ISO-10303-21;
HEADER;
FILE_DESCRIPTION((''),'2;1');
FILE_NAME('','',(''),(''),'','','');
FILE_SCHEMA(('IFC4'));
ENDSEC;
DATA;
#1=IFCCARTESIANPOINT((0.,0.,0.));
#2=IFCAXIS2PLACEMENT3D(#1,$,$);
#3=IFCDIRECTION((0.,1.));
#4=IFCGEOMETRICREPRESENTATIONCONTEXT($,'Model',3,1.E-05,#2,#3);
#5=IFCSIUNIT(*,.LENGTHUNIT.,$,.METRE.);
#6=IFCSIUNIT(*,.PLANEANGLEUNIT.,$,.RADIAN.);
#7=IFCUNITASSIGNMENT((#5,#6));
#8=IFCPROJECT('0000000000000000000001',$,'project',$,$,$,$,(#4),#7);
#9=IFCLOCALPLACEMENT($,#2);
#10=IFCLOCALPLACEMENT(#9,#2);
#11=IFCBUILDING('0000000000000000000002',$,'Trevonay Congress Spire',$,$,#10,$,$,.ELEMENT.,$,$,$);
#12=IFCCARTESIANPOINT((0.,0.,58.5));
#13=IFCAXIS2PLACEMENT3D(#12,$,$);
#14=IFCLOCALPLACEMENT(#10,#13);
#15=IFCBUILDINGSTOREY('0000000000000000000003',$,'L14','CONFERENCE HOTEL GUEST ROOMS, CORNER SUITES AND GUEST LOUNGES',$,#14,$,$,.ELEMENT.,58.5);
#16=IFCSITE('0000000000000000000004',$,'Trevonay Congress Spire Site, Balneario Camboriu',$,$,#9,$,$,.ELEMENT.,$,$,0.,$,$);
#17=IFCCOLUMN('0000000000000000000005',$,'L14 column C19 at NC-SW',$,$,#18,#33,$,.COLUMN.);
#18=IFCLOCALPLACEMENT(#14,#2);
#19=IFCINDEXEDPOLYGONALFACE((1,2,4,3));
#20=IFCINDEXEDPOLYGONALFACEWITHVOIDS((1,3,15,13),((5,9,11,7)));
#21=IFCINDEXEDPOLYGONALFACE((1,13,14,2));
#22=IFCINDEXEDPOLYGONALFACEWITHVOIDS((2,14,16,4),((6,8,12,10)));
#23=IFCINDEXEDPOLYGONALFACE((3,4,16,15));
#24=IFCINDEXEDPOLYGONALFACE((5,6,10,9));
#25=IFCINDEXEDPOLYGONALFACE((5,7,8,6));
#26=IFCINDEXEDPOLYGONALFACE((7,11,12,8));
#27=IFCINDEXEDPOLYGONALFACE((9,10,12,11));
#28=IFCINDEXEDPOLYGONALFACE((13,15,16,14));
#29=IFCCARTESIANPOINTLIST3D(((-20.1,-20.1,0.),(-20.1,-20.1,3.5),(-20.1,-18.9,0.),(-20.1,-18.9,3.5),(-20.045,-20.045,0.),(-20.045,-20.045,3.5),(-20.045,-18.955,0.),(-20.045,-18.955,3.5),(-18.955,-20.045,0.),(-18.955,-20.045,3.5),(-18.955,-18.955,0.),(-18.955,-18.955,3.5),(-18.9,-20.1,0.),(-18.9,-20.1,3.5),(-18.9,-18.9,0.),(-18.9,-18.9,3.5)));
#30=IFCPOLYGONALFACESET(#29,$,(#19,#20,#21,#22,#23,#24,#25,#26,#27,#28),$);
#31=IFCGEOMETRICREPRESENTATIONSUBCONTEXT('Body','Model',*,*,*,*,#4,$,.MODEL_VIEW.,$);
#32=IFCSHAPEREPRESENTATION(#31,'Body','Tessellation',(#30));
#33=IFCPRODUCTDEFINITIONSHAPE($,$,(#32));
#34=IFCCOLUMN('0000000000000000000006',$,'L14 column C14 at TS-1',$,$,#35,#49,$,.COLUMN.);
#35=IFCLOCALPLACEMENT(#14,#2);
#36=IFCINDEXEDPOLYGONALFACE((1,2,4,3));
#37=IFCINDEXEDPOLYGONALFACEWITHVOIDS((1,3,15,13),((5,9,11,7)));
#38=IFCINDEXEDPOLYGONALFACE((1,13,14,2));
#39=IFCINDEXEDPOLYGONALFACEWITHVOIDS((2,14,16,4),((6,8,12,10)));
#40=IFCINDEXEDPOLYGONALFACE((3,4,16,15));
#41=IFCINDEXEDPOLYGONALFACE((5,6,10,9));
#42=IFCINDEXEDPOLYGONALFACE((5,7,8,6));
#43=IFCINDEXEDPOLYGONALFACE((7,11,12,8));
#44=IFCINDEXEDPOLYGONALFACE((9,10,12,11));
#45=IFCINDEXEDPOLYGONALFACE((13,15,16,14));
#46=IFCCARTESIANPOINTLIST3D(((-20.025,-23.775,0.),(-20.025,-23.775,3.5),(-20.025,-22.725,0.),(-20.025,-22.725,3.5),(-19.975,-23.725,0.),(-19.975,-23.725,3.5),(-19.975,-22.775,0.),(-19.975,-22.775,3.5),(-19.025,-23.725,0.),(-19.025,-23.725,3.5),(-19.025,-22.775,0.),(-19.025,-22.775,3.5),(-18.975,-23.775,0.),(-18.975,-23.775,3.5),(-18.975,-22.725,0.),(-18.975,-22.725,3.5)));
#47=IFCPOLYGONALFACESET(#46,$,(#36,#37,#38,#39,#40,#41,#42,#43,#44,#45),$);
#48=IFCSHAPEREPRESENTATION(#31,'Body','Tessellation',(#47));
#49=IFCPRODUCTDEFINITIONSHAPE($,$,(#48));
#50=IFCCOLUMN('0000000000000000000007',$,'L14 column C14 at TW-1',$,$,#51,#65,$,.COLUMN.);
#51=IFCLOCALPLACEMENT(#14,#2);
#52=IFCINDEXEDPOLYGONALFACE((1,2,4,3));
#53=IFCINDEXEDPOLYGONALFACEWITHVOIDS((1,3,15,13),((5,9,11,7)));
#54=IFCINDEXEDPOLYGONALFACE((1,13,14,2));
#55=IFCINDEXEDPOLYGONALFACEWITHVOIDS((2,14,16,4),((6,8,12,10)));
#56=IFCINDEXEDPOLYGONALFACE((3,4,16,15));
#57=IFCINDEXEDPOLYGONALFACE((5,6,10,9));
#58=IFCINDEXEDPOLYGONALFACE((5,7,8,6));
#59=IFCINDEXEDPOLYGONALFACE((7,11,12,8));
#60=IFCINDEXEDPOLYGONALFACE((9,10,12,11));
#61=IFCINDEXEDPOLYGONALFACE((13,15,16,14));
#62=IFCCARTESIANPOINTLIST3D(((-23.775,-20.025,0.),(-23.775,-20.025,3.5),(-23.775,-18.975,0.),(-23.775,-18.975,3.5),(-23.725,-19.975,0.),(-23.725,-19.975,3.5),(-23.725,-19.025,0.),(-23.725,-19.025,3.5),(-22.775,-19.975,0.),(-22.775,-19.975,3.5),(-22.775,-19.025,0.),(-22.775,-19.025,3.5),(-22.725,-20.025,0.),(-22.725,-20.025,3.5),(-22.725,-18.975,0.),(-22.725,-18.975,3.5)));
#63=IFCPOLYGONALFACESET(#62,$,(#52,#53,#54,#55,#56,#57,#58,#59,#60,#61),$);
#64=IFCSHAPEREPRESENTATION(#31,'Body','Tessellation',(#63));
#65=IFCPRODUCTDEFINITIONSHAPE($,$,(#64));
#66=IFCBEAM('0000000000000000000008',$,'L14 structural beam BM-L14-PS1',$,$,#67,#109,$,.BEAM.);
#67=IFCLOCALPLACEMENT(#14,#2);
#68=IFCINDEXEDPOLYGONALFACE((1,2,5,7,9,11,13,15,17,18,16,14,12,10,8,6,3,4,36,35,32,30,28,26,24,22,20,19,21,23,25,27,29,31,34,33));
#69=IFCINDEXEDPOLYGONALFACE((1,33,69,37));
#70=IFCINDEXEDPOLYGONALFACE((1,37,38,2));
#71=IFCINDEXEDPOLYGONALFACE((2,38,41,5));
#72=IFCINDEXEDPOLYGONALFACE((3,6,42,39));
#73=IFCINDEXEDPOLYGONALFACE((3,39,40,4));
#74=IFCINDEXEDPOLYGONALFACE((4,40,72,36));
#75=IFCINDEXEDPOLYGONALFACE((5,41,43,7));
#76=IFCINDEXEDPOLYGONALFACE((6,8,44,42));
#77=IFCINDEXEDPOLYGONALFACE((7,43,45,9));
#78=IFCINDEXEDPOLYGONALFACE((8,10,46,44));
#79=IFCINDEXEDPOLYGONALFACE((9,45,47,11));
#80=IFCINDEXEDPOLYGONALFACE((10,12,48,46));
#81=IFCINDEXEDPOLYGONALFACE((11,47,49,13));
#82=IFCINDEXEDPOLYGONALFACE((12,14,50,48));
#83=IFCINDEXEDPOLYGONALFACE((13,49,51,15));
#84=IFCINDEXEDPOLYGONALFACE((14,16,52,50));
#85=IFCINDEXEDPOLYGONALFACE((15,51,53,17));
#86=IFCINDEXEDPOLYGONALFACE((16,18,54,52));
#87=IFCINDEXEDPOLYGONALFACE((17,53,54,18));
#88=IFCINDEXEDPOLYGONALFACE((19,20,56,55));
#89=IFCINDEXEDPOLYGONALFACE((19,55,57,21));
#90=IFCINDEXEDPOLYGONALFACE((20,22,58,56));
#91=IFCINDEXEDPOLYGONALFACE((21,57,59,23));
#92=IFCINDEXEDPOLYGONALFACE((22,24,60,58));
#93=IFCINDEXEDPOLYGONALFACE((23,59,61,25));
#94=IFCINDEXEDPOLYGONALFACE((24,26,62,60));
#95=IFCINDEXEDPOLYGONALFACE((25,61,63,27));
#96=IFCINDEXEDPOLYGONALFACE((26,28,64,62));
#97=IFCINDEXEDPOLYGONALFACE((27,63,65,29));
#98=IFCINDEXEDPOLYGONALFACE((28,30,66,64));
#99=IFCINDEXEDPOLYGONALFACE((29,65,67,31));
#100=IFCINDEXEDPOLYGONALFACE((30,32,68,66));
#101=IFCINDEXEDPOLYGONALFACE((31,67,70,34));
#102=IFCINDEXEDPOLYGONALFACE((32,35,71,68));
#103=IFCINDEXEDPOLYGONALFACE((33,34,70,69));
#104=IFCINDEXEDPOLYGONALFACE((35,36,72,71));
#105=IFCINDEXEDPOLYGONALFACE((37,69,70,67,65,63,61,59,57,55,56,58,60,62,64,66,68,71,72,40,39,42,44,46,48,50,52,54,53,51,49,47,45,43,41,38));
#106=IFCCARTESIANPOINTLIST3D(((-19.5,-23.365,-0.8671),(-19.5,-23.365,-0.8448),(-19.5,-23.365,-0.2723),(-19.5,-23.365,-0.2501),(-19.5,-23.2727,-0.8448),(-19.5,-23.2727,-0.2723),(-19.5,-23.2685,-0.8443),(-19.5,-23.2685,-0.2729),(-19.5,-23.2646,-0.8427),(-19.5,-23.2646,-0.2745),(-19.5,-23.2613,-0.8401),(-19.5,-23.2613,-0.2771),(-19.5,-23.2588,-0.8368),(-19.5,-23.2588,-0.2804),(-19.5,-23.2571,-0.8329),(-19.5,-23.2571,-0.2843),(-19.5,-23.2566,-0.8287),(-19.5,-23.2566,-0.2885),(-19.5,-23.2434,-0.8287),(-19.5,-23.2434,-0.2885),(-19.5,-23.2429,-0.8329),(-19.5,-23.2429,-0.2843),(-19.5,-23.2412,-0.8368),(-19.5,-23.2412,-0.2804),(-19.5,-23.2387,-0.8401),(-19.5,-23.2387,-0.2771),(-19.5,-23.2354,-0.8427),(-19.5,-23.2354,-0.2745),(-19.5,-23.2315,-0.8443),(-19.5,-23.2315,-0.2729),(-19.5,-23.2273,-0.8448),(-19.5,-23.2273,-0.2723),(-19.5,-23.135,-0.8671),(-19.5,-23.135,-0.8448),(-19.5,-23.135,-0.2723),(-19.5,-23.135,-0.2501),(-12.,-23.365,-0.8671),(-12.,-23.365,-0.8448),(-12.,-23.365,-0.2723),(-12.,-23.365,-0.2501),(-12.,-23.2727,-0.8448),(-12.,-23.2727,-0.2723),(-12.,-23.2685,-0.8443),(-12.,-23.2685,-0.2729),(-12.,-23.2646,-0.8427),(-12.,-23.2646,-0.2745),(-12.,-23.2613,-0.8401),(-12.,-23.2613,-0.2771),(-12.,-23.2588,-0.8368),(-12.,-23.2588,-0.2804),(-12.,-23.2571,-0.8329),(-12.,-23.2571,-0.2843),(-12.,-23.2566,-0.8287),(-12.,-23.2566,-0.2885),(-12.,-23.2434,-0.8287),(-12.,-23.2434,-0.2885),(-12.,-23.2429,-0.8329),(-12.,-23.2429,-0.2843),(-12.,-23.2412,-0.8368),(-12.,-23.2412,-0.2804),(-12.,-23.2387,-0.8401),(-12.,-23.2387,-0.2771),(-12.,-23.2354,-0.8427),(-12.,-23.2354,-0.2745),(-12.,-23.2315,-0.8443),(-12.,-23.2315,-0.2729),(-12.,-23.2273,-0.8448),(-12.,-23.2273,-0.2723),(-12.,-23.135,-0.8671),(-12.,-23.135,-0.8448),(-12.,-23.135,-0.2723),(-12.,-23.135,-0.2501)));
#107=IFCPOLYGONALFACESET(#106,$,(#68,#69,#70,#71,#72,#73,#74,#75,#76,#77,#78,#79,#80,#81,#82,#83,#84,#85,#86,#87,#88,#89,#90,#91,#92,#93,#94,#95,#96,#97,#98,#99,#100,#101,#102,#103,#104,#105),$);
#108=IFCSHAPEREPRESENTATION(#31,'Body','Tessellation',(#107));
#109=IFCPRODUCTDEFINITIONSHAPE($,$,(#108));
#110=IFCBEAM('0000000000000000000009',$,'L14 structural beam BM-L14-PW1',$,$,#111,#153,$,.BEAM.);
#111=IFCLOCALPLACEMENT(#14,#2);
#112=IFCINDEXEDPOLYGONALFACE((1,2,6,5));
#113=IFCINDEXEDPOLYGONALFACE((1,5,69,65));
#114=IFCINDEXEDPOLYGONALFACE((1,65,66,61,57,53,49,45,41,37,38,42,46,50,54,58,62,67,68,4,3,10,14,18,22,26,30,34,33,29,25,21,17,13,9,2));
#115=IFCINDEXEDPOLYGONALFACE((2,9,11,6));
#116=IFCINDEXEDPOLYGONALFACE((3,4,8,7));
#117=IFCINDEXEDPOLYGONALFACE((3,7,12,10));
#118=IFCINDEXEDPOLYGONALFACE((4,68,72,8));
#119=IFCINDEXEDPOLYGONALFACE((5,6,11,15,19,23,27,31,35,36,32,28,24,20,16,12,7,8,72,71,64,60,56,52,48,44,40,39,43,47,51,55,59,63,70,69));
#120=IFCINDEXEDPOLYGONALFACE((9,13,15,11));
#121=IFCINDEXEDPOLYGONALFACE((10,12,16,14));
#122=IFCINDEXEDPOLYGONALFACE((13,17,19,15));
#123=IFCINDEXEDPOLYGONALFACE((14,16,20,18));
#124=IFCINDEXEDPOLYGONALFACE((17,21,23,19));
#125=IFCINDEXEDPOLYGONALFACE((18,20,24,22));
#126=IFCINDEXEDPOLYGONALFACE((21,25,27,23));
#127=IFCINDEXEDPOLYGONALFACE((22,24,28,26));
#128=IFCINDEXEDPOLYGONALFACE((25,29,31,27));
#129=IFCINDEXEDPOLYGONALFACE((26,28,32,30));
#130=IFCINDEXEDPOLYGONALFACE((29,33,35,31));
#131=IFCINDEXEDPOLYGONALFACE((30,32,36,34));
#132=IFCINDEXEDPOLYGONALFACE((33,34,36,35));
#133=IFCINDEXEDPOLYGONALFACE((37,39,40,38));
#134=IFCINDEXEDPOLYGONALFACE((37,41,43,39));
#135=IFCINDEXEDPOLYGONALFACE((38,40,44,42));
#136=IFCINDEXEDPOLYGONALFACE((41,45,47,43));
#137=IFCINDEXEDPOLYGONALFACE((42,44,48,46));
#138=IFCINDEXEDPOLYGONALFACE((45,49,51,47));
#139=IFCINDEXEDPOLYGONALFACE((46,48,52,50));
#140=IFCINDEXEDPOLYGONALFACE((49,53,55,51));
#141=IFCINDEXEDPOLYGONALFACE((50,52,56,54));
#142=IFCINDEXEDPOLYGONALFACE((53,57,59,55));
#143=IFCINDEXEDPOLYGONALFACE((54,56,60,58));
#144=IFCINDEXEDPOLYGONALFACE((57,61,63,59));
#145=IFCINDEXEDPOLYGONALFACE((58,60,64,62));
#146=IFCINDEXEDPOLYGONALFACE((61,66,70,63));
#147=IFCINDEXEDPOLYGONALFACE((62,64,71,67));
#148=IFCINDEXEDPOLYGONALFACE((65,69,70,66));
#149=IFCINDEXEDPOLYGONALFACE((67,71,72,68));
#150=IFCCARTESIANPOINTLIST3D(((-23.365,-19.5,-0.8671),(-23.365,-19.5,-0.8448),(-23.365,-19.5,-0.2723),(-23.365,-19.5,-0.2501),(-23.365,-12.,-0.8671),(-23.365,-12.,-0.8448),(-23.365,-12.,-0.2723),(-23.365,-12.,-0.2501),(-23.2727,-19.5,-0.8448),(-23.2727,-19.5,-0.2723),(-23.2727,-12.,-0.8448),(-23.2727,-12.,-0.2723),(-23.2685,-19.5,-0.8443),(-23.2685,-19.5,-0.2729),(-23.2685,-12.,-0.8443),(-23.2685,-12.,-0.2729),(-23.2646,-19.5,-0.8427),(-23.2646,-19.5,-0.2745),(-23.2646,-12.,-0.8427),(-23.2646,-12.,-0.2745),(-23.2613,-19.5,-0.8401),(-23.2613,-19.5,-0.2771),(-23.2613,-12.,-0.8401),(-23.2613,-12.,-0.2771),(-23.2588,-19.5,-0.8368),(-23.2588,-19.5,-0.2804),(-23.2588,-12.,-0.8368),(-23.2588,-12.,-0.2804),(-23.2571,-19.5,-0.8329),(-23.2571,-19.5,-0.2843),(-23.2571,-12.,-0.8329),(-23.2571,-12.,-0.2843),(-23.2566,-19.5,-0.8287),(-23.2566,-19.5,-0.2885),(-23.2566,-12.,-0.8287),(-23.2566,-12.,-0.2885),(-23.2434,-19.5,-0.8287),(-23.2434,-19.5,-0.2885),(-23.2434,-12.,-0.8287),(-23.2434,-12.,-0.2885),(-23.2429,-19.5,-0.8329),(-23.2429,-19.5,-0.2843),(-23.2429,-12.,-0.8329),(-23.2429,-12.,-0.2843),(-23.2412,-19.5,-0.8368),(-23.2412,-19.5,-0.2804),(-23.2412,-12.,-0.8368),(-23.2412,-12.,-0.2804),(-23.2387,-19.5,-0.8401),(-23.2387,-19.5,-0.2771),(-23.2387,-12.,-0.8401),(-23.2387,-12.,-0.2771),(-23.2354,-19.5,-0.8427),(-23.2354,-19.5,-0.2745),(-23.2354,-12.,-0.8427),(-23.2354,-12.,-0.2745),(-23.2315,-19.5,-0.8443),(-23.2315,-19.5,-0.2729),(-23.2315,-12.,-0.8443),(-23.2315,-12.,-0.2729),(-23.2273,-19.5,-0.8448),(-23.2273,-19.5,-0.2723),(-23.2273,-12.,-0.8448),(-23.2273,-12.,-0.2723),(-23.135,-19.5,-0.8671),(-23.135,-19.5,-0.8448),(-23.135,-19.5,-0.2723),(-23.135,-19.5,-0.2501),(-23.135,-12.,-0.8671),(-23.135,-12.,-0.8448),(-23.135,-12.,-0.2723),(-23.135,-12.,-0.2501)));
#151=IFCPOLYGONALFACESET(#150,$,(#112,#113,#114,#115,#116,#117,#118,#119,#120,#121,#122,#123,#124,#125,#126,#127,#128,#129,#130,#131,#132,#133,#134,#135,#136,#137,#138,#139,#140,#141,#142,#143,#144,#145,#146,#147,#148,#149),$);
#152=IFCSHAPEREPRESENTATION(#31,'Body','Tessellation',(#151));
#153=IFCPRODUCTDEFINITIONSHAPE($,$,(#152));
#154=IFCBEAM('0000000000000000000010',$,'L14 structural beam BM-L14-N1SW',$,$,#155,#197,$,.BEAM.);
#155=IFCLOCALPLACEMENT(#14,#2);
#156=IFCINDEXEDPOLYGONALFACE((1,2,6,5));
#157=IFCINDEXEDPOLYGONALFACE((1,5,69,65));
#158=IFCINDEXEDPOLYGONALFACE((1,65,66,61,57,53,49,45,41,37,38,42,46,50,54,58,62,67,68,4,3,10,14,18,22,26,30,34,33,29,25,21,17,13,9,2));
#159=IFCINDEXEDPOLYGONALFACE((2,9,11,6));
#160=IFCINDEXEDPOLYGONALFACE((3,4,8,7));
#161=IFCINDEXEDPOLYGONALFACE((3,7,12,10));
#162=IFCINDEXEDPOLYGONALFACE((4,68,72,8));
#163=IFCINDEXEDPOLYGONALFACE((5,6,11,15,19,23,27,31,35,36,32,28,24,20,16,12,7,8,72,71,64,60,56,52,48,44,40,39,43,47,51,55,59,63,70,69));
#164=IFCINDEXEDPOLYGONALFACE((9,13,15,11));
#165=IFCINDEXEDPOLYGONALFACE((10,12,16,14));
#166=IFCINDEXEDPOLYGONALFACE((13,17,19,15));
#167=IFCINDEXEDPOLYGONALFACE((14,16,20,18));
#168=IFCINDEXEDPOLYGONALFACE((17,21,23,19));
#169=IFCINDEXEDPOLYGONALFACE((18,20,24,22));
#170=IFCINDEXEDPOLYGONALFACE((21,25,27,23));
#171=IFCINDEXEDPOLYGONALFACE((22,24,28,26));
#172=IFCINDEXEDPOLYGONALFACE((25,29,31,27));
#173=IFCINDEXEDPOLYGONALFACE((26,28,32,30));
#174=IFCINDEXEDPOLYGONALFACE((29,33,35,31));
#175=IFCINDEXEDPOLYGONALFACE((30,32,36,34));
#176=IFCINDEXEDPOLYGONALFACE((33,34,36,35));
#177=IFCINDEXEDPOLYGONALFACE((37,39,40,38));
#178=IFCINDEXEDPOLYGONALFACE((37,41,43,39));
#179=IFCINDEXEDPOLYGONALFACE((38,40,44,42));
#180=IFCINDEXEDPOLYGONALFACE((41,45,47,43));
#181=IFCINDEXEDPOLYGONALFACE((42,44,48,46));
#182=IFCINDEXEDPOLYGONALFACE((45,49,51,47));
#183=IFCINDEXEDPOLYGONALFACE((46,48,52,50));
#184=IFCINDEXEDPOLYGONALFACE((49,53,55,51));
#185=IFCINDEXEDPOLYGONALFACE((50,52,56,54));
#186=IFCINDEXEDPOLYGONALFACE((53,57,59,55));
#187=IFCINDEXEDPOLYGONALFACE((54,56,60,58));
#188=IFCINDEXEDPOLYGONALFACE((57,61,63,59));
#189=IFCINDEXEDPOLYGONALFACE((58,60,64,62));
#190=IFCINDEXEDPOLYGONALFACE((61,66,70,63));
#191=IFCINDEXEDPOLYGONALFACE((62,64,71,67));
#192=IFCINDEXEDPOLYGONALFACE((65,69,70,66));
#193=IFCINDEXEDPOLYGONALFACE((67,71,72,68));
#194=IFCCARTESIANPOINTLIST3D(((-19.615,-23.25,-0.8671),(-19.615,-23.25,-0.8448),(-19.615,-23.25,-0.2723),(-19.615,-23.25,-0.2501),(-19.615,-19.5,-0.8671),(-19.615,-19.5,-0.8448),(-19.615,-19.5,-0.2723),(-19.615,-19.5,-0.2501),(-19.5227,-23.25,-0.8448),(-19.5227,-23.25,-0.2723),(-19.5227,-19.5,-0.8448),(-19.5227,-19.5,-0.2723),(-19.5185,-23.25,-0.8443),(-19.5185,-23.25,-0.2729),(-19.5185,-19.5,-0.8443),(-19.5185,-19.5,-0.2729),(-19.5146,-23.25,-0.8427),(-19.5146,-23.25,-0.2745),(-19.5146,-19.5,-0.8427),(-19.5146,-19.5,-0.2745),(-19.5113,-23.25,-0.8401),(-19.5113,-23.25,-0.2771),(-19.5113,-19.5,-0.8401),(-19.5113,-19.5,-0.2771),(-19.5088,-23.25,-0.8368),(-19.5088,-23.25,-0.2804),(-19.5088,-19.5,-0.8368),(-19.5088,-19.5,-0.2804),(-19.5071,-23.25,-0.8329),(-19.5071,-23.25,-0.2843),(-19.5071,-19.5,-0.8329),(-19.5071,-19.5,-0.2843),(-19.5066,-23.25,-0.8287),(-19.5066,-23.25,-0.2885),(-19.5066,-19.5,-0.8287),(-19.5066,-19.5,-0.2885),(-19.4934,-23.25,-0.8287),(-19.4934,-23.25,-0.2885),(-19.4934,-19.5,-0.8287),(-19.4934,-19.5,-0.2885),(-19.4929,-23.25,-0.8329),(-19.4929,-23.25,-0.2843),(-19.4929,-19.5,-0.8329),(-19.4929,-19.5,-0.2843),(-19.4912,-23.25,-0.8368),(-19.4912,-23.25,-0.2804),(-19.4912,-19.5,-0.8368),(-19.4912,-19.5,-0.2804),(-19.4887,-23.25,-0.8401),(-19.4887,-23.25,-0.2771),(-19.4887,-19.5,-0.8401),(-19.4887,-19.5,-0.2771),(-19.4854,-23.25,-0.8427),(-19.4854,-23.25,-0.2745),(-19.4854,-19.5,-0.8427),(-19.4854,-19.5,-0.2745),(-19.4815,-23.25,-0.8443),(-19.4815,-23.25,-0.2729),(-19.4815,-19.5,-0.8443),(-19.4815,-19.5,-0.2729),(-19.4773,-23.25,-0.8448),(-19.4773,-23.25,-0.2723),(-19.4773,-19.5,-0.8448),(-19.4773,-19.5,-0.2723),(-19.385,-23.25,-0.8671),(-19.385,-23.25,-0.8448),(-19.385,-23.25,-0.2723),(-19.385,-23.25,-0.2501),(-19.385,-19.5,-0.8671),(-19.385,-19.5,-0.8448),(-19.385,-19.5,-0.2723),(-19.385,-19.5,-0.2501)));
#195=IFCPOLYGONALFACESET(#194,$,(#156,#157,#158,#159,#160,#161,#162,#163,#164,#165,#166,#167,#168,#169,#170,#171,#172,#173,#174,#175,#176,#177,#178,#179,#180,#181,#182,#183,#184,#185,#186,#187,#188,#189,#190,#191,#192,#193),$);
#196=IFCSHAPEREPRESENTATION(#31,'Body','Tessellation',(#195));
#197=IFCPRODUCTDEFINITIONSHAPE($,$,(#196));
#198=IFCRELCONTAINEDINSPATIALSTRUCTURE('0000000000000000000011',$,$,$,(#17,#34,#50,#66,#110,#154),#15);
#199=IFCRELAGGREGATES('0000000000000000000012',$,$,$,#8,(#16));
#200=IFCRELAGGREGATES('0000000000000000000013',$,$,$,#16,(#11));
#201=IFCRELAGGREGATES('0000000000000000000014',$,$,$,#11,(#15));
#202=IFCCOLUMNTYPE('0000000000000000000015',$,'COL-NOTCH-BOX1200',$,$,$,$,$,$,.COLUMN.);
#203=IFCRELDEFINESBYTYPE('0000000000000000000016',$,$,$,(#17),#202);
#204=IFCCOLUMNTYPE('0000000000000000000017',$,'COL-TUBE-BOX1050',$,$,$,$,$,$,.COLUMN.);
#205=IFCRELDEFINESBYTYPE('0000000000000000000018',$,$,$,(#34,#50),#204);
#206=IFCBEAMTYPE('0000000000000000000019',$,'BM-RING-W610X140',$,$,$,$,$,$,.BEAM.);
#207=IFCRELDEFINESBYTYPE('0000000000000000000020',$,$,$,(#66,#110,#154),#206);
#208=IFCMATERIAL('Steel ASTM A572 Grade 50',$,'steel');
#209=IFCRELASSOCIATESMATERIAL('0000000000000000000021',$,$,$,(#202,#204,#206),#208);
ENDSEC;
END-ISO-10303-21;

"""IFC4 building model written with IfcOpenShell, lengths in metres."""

from ifc_helpers import new_model, si_unit, direction, frame, origin, origin_2d, place, context, subcontext, project, spatial, hollow_rectangle, i_section, extrude, material, material_profile, profile_set, type_object, element, save


model = new_model("IFC4")

# Units and contexts
model_context = context("Model", 3, precision=1e-05, world=origin(), true_north=direction((0.0, 1.0)))
body_context = subcontext(model_context, "Body", "Model", "MODEL_VIEW")
ifc_project = project(units=[si_unit("LENGTHUNIT", "METRE"), si_unit("PLANEANGLEUNIT", "RADIAN")], contexts=[model_context])

# Site, building, storey
site_placement = place(None, origin())
site = spatial("IfcSite", under=ifc_project, at=site_placement, Name="Trevonay Congress Spire Site, Balneario Camboriu", CompositionType="ELEMENT", RefElevation=0.0)
building_placement = place(site_placement, origin())
building = spatial("IfcBuilding", under=site, at=building_placement, Name="Trevonay Congress Spire", CompositionType="ELEMENT")
storey_placement = place(building_placement, frame((0.0, 0.0, 58.5)))
storey = spatial("IfcBuildingStorey", under=building, at=storey_placement, Name="L14", Description="CONFERENCE HOTEL GUEST ROOMS, CORNER SUITES AND GUEST LOUNGES", CompositionType="ELEMENT", Elevation=58.5)

# Columns
ifc_material_1 = material(Name="Steel ASTM A572 Grade 50", Category="steel")
ifc_material_profile_1 = material_profile(ifc_material_1, hollow_rectangle(XDim=1.2, YDim=1.2, WallThickness=0.0549, at=origin_2d()), Name="BOX 1200x1200x55")
ifc_profile_set_1 = profile_set([ifc_material_profile_1], Name="Steel ASTM A572 Grade 50")
column_type_1 = type_object("IfcColumnType", Name="COL-NOTCH-BOX1200", PredefinedType="COLUMN", material=ifc_profile_set_1)
column_placement = place(storey_placement, frame((-19.5, -19.5, 0.0), z_axis=(0.0, 0.0, 1.0), x_axis=(1.0, 0.0, 0.0)))
element("IfcColumn", 1, at=column_placement, inside=storey, type_object=column_type_1, Name="L14 column C19 at NC-SW", PredefinedType="COLUMN", context=body_context, shape_type="SweptSolid", body=[
    extrude(hollow_rectangle(XDim=1.2, YDim=1.2, WallThickness=0.0549, at=origin_2d()), origin(), (0.0, 0.0, 1.0), 3.5),
])
ifc_material_profile_2 = material_profile(ifc_material_1, hollow_rectangle(XDim=1.05, YDim=1.05, WallThickness=0.05, at=origin_2d()), Name="BOX 1050x1050x50")
ifc_profile_set_2 = profile_set([ifc_material_profile_2], Name="Steel ASTM A572 Grade 50")
column_type_2 = type_object("IfcColumnType", Name="COL-TUBE-BOX1050", PredefinedType="COLUMN", material=ifc_profile_set_2)
for number, where, z_axis, x_axis, name in (
    (2, (-19.5, -23.25, 0.0), (0.0, 0.0, 1.0), (1.0, 0.0, 0.0), "L14 column C14 at TS-1"),
    (3, (-23.25, -19.5, 0.0), (0.0, 0.0, 1.0), (1.0, 0.0, 0.0), "L14 column C14 at TW-1"),
):
    element("IfcColumn", number, at=place(storey_placement, frame(where, z_axis=z_axis, x_axis=x_axis)), inside=storey, type_object=column_type_2, Name=name, PredefinedType="COLUMN", context=body_context, shape_type="SweptSolid", body=[
        extrude(hollow_rectangle(XDim=1.05, YDim=1.05, WallThickness=0.05, at=origin_2d()), origin(), (0.0, 0.0, 1.0), 3.5),
    ])

# Beams
ifc_material_profile_3 = material_profile(ifc_material_1, i_section(OverallWidth=0.23, OverallDepth=0.6169, WebThickness=0.0132, FlangeThickness=0.0222, FilletRadius=0.0161, at=origin_2d()), Name="W610x140")
ifc_profile_set_3 = profile_set([ifc_material_profile_3], Name="Steel ASTM A572 Grade 50")
beam_type_1 = type_object("IfcBeamType", Name="BM-RING-W610X140", PredefinedType="BEAM", material=ifc_profile_set_3)
for number, where, z_axis, x_axis, name in (
    (4, (-19.5, -23.25, -0.5586), (1.0, 0.0, 0.0), (0.0, 1.0, 0.0), "L14 structural beam BM-L14-PS1"),
    (5, (-23.25, -19.5, -0.5586), (0.0, 1.0, 0.0), (-1.0, 0.0, 0.0), "L14 structural beam BM-L14-PW1"),
):
    element("IfcBeam", number, at=place(storey_placement, frame(where, z_axis=z_axis, x_axis=x_axis)), inside=storey, type_object=beam_type_1, Name=name, PredefinedType="BEAM", context=body_context, shape_type="SweptSolid", body=[
        extrude(i_section(OverallWidth=0.23, OverallDepth=0.6169, WebThickness=0.0132, FlangeThickness=0.0222, FilletRadius=0.0161, at=origin_2d()), origin(), (0.0, 0.0, 1.0), 7.5),
    ])
for number, where, z_axis, x_axis, name in (
    (6, (-19.5, -23.25, -0.5586), (0.0, 1.0, 0.0), (-1.0, 0.0, 0.0), "L14 structural beam BM-L14-N1SW"),
):
    element("IfcBeam", number, at=place(storey_placement, frame(where, z_axis=z_axis, x_axis=x_axis)), inside=storey, type_object=beam_type_1, Name=name, PredefinedType="BEAM", context=body_context, shape_type="SweptSolid", body=[
        extrude(i_section(OverallWidth=0.23, OverallDepth=0.6169, WebThickness=0.0132, FlangeThickness=0.0222, FilletRadius=0.0161, at=origin_2d()), origin(), (0.0, 0.0, 1.0), 3.75),
    ])

save(model, "model.ifc")
